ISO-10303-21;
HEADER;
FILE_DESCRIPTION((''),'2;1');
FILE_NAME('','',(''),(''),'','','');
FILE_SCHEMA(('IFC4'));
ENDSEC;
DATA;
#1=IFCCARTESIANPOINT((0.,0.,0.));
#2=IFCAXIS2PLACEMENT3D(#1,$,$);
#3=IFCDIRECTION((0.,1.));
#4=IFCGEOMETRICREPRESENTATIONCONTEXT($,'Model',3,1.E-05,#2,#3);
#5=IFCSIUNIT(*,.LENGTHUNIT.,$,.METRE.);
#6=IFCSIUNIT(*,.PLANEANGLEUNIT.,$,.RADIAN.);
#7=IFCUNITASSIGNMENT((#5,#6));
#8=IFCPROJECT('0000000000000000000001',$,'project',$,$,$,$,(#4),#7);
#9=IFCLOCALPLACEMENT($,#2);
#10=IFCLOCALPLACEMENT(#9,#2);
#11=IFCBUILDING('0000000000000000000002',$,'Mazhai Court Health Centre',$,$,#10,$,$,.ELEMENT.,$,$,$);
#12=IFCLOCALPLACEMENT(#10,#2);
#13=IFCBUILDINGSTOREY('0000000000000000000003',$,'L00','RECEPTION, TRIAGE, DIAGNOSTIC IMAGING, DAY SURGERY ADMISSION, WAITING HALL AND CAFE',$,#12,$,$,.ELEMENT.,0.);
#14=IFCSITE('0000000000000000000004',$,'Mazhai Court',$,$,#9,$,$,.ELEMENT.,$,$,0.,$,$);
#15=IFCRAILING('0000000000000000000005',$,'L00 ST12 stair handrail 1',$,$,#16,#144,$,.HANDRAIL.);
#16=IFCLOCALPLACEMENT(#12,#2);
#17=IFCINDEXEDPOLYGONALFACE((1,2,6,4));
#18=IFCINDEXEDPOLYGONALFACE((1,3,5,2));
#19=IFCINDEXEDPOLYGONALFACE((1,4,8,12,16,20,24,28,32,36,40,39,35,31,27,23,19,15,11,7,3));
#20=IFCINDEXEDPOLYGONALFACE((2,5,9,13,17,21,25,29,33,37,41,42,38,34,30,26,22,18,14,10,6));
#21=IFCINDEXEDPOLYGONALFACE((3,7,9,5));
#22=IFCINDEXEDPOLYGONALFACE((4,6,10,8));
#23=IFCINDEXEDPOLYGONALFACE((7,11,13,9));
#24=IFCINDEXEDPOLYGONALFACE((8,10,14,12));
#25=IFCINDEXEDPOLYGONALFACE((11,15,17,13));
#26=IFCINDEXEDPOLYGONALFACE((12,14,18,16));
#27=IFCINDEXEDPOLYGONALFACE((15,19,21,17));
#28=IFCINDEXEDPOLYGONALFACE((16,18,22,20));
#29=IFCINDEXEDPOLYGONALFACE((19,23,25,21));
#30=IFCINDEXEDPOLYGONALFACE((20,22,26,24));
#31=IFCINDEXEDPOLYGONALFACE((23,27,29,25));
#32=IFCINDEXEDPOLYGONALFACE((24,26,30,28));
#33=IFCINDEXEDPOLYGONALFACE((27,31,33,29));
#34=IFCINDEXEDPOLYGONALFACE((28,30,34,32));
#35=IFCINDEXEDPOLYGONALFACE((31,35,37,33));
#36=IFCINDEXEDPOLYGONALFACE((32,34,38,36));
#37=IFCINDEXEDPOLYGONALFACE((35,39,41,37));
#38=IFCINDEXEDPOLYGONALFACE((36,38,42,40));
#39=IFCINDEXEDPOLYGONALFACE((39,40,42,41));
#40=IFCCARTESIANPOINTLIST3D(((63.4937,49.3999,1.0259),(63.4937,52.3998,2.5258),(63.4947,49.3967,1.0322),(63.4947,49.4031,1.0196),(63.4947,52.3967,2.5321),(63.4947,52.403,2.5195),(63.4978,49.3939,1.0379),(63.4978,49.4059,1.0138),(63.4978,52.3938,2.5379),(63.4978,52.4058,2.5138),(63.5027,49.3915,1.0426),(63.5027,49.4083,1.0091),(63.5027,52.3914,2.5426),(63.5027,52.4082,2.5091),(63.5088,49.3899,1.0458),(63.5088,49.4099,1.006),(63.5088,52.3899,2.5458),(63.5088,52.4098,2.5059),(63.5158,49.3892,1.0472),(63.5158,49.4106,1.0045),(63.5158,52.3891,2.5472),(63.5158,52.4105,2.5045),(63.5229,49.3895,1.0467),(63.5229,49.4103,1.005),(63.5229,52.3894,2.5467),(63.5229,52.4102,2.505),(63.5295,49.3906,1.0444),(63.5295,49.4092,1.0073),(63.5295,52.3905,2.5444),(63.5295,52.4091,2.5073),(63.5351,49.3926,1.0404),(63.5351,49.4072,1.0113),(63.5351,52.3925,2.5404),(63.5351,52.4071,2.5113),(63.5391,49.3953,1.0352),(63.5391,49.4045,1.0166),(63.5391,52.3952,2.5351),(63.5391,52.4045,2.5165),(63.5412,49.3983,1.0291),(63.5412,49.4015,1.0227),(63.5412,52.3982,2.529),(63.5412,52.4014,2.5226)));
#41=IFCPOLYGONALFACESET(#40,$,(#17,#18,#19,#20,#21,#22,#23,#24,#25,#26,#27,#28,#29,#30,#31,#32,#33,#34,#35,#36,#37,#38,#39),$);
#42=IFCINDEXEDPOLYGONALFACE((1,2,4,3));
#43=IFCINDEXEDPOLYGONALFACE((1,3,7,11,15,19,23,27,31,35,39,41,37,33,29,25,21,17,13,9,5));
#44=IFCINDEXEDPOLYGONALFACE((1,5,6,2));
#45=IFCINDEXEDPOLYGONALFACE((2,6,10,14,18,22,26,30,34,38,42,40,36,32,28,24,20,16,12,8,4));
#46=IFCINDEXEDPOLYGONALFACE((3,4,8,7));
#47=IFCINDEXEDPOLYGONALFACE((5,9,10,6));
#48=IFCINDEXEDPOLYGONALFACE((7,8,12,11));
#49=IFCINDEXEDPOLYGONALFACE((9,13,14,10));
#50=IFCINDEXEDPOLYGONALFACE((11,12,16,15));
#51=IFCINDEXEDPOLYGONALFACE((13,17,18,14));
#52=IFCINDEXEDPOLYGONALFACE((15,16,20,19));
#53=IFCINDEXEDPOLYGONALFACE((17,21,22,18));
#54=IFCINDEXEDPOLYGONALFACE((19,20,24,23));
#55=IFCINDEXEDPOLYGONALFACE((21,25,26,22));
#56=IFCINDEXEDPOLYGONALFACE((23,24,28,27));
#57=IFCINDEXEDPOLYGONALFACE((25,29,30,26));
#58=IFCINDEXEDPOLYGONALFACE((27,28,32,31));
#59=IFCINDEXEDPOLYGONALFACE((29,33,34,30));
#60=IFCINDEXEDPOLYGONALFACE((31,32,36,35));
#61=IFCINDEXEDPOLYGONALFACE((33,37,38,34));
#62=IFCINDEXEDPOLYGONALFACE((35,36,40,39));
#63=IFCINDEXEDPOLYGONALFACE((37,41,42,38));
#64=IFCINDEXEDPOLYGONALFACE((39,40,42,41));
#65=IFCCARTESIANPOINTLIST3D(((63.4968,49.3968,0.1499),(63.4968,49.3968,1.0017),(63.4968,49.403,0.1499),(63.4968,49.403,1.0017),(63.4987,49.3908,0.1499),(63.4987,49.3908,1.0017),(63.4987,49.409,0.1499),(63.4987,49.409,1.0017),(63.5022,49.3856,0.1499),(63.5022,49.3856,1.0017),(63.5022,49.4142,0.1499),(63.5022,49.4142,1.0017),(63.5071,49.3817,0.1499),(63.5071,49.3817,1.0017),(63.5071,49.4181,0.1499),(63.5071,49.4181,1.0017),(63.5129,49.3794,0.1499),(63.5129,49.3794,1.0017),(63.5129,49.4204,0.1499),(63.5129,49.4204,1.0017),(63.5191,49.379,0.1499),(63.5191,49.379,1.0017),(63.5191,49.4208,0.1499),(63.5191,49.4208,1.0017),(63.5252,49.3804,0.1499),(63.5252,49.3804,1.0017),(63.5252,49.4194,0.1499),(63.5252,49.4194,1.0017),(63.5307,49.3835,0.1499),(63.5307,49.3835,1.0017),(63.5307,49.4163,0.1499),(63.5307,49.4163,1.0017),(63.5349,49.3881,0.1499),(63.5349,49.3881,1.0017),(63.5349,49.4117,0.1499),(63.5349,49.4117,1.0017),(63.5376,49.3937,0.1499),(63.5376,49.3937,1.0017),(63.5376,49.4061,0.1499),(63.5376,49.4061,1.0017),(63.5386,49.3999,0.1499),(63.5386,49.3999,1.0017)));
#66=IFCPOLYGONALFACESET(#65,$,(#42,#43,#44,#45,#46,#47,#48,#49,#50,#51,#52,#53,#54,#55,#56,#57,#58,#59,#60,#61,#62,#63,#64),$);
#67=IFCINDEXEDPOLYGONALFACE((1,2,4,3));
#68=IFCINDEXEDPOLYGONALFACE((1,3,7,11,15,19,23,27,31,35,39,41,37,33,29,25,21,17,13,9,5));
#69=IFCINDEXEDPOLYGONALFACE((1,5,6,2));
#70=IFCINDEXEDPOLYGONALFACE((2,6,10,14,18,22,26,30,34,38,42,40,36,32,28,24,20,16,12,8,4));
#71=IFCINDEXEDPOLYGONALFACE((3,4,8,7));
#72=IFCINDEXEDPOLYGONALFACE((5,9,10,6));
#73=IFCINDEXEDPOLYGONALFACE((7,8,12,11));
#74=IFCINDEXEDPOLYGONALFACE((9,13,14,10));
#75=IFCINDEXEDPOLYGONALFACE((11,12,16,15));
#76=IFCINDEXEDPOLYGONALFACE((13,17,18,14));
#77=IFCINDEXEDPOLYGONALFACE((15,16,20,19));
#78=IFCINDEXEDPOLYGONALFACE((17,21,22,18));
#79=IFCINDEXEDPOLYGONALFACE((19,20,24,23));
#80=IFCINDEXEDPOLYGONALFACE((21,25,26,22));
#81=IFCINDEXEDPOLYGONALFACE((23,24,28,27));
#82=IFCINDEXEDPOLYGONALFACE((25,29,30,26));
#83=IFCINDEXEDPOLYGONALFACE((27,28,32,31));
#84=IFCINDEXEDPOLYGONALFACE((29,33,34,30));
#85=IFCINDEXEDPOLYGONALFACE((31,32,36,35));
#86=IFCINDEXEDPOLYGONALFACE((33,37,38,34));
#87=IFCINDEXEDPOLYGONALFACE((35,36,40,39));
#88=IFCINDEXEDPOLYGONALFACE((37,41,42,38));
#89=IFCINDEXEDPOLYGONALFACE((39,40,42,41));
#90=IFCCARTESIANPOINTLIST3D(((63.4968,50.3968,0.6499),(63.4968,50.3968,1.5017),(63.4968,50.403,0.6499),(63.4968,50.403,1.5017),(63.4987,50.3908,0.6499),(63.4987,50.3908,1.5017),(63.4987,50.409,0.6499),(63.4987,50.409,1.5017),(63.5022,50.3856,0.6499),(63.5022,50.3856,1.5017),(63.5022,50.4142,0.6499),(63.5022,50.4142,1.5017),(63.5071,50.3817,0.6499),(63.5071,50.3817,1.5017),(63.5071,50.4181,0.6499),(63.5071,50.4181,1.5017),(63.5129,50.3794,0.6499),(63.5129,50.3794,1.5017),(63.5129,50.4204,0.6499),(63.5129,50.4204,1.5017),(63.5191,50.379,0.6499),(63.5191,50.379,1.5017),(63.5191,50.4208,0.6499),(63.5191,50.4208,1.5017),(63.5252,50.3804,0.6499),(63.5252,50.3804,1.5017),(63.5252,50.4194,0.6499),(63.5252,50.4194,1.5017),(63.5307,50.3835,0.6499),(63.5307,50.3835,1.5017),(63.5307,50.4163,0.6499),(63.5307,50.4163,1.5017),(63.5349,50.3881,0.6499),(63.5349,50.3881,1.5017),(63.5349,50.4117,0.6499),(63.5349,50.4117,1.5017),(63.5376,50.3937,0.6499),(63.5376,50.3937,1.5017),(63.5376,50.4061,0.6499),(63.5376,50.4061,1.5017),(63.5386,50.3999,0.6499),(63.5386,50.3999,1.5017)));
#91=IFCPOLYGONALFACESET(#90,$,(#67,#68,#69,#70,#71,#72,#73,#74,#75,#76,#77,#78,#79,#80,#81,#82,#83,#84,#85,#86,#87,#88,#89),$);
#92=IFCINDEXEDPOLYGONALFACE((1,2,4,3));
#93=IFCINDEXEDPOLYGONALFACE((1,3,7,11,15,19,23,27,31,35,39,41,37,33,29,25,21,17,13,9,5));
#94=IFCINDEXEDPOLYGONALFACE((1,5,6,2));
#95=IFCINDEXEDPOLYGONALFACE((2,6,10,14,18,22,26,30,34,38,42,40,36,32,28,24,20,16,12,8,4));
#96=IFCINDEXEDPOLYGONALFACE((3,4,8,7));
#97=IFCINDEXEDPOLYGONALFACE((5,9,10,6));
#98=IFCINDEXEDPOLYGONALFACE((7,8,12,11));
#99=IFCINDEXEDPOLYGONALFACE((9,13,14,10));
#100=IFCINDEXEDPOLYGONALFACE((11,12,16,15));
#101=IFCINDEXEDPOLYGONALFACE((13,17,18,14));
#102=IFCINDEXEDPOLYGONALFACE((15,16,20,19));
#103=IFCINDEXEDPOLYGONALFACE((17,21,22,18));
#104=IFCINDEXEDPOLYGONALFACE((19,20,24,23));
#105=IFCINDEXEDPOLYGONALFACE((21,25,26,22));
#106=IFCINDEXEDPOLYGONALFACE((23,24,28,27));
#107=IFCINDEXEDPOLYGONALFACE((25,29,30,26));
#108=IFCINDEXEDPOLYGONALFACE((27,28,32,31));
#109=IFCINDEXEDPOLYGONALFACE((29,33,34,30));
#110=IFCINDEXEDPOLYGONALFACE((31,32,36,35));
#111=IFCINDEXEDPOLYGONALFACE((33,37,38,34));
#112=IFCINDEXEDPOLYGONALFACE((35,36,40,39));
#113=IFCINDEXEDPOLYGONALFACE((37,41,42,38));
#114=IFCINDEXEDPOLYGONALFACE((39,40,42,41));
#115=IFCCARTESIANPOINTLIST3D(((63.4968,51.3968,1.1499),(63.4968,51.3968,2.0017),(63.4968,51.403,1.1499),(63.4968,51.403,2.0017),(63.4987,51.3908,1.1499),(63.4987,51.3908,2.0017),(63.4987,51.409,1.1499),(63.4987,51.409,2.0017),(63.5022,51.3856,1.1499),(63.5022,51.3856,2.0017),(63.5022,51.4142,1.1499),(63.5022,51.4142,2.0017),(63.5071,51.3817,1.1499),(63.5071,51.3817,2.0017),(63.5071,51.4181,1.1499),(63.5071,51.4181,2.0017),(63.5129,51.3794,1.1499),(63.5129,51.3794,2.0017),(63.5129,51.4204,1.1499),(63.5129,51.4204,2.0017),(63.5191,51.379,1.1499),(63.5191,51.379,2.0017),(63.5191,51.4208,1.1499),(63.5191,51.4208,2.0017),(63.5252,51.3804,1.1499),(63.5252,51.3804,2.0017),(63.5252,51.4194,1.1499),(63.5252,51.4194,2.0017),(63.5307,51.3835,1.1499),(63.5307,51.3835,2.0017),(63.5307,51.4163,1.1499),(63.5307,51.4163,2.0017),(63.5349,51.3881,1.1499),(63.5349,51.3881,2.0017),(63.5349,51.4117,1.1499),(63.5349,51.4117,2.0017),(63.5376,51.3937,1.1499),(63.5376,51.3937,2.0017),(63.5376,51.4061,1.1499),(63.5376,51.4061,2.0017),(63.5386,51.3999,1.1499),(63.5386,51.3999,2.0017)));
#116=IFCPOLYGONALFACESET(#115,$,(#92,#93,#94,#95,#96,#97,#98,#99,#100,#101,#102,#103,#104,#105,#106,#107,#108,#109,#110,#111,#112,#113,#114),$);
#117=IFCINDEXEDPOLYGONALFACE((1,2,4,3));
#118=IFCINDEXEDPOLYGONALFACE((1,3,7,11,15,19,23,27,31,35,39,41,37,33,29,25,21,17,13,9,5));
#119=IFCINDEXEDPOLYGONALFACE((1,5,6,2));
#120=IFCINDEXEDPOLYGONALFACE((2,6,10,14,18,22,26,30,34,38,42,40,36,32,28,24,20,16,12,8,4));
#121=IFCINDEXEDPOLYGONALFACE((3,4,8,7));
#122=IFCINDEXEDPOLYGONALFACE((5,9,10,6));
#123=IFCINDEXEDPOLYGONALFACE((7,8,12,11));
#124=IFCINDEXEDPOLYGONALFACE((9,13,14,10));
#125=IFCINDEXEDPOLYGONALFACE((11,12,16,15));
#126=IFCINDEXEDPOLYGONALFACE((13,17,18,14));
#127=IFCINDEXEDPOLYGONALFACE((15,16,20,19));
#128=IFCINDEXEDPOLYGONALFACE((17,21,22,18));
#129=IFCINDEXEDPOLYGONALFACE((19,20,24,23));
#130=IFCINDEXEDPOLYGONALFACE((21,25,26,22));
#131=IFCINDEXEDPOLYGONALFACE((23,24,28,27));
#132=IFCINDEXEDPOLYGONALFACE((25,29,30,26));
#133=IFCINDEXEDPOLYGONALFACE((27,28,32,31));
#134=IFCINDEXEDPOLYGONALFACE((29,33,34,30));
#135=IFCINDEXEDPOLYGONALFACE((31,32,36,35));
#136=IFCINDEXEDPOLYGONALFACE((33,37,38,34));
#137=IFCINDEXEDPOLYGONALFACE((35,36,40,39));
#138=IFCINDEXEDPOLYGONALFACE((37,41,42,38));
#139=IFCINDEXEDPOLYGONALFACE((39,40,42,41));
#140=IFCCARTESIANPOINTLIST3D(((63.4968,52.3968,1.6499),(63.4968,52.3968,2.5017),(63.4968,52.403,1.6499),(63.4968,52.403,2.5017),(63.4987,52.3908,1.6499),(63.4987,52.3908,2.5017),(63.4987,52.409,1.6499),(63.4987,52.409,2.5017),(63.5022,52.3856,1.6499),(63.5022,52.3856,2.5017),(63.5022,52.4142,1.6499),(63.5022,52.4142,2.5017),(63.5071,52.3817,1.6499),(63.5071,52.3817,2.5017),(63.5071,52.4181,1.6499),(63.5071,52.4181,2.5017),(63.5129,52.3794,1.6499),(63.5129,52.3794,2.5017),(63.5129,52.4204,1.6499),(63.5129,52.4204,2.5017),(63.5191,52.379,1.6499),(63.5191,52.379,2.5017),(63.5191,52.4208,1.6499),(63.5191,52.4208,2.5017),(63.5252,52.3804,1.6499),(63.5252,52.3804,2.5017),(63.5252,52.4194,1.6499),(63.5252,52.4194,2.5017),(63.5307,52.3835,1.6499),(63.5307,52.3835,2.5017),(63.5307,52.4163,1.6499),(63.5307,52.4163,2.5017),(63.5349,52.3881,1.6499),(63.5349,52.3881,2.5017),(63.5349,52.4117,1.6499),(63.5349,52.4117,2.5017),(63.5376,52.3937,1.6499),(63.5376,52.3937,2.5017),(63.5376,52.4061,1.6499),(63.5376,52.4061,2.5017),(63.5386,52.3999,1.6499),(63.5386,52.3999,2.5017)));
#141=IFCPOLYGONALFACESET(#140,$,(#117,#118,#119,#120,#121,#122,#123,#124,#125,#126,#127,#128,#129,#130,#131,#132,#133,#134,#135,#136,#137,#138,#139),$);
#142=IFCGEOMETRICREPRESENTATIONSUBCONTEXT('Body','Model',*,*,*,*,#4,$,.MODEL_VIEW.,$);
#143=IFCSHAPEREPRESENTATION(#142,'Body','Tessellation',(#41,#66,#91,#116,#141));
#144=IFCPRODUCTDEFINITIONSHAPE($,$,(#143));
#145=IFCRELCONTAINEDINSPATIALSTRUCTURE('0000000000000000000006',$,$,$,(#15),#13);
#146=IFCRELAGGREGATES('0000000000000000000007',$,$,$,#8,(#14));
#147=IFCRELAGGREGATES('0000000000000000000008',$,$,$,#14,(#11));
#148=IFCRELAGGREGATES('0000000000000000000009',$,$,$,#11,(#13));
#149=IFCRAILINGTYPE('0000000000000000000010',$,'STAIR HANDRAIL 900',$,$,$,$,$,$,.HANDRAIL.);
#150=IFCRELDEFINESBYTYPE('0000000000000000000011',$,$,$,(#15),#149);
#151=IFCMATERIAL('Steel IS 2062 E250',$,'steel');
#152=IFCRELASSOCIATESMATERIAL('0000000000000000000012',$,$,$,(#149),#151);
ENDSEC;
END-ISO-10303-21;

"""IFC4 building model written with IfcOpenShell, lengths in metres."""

from ifc_helpers import new_model, si_unit, direction, frame, origin, origin_2d, place, context, subcontext, project, spatial, circle, extrude, material, type_object, element, save


model = new_model("IFC4")

# Units and contexts
model_context = context("Model", 3, precision=1e-05, world=origin(), true_north=direction((0.0, 1.0)))
body_context = subcontext(model_context, "Body", "Model", "MODEL_VIEW")
ifc_project = project(units=[si_unit("LENGTHUNIT", "METRE"), si_unit("PLANEANGLEUNIT", "RADIAN")], contexts=[model_context])

# Site, building, storey
site_placement = place(None, origin())
site = spatial("IfcSite", under=ifc_project, at=site_placement, Name="Mazhai Court", CompositionType="ELEMENT", RefElevation=0.0)
building_placement = place(site_placement, origin())
building = spatial("IfcBuilding", under=site, at=building_placement, Name="Mazhai Court Health Centre", CompositionType="ELEMENT")
storey_placement = place(building_placement, origin())
storey = spatial("IfcBuildingStorey", under=building, at=storey_placement, Name="L00", Description="RECEPTION, TRIAGE, DIAGNOSTIC IMAGING, DAY SURGERY ADMISSION, WAITING HALL AND CAFE", CompositionType="ELEMENT", Elevation=0.0)

# Railing
ifc_material_1 = material(Name="Steel IS 2062 E250", Category="steel")
railing_type_1 = type_object("IfcRailingType", Name="STAIR HANDRAIL 900", PredefinedType="HANDRAIL", material=ifc_material_1)
railing_1_placement = place(storey_placement, frame((63.5176, 49.3999, 0.1499)))
element("IfcRailing", 1, at=railing_1_placement, inside=storey, type_object=railing_type_1, Name="L00 ST12 stair handrail 1", PredefinedType="HANDRAIL", context=body_context, shape_type="SweptSolid", body=[
    extrude(circle(Radius=0.0239, at=origin_2d()), frame((0.0, 0.0, 0.876), z_axis=(0.0, 0.894427, 0.447214), x_axis=(-1.0, 0.0, 0.0)), (0.0, 0.0, 1.0), 3.354),
    extrude(circle(Radius=0.021, at=origin_2d()), origin(), (0.0, 0.0, 1.0), 0.8518),
    extrude(circle(Radius=0.021, at=origin_2d()), frame((0.0, 1.0, 0.5)), (0.0, 0.0, 1.0), 0.8518),
    extrude(circle(Radius=0.021, at=origin_2d()), frame((0.0, 2.0, 1.0)), (0.0, 0.0, 1.0), 0.8518),
    extrude(circle(Radius=0.021, at=origin_2d()), frame((0.0, 3.0, 1.5)), (0.0, 0.0, 1.0), 0.8518),
])

save(model, "model.ifc")
